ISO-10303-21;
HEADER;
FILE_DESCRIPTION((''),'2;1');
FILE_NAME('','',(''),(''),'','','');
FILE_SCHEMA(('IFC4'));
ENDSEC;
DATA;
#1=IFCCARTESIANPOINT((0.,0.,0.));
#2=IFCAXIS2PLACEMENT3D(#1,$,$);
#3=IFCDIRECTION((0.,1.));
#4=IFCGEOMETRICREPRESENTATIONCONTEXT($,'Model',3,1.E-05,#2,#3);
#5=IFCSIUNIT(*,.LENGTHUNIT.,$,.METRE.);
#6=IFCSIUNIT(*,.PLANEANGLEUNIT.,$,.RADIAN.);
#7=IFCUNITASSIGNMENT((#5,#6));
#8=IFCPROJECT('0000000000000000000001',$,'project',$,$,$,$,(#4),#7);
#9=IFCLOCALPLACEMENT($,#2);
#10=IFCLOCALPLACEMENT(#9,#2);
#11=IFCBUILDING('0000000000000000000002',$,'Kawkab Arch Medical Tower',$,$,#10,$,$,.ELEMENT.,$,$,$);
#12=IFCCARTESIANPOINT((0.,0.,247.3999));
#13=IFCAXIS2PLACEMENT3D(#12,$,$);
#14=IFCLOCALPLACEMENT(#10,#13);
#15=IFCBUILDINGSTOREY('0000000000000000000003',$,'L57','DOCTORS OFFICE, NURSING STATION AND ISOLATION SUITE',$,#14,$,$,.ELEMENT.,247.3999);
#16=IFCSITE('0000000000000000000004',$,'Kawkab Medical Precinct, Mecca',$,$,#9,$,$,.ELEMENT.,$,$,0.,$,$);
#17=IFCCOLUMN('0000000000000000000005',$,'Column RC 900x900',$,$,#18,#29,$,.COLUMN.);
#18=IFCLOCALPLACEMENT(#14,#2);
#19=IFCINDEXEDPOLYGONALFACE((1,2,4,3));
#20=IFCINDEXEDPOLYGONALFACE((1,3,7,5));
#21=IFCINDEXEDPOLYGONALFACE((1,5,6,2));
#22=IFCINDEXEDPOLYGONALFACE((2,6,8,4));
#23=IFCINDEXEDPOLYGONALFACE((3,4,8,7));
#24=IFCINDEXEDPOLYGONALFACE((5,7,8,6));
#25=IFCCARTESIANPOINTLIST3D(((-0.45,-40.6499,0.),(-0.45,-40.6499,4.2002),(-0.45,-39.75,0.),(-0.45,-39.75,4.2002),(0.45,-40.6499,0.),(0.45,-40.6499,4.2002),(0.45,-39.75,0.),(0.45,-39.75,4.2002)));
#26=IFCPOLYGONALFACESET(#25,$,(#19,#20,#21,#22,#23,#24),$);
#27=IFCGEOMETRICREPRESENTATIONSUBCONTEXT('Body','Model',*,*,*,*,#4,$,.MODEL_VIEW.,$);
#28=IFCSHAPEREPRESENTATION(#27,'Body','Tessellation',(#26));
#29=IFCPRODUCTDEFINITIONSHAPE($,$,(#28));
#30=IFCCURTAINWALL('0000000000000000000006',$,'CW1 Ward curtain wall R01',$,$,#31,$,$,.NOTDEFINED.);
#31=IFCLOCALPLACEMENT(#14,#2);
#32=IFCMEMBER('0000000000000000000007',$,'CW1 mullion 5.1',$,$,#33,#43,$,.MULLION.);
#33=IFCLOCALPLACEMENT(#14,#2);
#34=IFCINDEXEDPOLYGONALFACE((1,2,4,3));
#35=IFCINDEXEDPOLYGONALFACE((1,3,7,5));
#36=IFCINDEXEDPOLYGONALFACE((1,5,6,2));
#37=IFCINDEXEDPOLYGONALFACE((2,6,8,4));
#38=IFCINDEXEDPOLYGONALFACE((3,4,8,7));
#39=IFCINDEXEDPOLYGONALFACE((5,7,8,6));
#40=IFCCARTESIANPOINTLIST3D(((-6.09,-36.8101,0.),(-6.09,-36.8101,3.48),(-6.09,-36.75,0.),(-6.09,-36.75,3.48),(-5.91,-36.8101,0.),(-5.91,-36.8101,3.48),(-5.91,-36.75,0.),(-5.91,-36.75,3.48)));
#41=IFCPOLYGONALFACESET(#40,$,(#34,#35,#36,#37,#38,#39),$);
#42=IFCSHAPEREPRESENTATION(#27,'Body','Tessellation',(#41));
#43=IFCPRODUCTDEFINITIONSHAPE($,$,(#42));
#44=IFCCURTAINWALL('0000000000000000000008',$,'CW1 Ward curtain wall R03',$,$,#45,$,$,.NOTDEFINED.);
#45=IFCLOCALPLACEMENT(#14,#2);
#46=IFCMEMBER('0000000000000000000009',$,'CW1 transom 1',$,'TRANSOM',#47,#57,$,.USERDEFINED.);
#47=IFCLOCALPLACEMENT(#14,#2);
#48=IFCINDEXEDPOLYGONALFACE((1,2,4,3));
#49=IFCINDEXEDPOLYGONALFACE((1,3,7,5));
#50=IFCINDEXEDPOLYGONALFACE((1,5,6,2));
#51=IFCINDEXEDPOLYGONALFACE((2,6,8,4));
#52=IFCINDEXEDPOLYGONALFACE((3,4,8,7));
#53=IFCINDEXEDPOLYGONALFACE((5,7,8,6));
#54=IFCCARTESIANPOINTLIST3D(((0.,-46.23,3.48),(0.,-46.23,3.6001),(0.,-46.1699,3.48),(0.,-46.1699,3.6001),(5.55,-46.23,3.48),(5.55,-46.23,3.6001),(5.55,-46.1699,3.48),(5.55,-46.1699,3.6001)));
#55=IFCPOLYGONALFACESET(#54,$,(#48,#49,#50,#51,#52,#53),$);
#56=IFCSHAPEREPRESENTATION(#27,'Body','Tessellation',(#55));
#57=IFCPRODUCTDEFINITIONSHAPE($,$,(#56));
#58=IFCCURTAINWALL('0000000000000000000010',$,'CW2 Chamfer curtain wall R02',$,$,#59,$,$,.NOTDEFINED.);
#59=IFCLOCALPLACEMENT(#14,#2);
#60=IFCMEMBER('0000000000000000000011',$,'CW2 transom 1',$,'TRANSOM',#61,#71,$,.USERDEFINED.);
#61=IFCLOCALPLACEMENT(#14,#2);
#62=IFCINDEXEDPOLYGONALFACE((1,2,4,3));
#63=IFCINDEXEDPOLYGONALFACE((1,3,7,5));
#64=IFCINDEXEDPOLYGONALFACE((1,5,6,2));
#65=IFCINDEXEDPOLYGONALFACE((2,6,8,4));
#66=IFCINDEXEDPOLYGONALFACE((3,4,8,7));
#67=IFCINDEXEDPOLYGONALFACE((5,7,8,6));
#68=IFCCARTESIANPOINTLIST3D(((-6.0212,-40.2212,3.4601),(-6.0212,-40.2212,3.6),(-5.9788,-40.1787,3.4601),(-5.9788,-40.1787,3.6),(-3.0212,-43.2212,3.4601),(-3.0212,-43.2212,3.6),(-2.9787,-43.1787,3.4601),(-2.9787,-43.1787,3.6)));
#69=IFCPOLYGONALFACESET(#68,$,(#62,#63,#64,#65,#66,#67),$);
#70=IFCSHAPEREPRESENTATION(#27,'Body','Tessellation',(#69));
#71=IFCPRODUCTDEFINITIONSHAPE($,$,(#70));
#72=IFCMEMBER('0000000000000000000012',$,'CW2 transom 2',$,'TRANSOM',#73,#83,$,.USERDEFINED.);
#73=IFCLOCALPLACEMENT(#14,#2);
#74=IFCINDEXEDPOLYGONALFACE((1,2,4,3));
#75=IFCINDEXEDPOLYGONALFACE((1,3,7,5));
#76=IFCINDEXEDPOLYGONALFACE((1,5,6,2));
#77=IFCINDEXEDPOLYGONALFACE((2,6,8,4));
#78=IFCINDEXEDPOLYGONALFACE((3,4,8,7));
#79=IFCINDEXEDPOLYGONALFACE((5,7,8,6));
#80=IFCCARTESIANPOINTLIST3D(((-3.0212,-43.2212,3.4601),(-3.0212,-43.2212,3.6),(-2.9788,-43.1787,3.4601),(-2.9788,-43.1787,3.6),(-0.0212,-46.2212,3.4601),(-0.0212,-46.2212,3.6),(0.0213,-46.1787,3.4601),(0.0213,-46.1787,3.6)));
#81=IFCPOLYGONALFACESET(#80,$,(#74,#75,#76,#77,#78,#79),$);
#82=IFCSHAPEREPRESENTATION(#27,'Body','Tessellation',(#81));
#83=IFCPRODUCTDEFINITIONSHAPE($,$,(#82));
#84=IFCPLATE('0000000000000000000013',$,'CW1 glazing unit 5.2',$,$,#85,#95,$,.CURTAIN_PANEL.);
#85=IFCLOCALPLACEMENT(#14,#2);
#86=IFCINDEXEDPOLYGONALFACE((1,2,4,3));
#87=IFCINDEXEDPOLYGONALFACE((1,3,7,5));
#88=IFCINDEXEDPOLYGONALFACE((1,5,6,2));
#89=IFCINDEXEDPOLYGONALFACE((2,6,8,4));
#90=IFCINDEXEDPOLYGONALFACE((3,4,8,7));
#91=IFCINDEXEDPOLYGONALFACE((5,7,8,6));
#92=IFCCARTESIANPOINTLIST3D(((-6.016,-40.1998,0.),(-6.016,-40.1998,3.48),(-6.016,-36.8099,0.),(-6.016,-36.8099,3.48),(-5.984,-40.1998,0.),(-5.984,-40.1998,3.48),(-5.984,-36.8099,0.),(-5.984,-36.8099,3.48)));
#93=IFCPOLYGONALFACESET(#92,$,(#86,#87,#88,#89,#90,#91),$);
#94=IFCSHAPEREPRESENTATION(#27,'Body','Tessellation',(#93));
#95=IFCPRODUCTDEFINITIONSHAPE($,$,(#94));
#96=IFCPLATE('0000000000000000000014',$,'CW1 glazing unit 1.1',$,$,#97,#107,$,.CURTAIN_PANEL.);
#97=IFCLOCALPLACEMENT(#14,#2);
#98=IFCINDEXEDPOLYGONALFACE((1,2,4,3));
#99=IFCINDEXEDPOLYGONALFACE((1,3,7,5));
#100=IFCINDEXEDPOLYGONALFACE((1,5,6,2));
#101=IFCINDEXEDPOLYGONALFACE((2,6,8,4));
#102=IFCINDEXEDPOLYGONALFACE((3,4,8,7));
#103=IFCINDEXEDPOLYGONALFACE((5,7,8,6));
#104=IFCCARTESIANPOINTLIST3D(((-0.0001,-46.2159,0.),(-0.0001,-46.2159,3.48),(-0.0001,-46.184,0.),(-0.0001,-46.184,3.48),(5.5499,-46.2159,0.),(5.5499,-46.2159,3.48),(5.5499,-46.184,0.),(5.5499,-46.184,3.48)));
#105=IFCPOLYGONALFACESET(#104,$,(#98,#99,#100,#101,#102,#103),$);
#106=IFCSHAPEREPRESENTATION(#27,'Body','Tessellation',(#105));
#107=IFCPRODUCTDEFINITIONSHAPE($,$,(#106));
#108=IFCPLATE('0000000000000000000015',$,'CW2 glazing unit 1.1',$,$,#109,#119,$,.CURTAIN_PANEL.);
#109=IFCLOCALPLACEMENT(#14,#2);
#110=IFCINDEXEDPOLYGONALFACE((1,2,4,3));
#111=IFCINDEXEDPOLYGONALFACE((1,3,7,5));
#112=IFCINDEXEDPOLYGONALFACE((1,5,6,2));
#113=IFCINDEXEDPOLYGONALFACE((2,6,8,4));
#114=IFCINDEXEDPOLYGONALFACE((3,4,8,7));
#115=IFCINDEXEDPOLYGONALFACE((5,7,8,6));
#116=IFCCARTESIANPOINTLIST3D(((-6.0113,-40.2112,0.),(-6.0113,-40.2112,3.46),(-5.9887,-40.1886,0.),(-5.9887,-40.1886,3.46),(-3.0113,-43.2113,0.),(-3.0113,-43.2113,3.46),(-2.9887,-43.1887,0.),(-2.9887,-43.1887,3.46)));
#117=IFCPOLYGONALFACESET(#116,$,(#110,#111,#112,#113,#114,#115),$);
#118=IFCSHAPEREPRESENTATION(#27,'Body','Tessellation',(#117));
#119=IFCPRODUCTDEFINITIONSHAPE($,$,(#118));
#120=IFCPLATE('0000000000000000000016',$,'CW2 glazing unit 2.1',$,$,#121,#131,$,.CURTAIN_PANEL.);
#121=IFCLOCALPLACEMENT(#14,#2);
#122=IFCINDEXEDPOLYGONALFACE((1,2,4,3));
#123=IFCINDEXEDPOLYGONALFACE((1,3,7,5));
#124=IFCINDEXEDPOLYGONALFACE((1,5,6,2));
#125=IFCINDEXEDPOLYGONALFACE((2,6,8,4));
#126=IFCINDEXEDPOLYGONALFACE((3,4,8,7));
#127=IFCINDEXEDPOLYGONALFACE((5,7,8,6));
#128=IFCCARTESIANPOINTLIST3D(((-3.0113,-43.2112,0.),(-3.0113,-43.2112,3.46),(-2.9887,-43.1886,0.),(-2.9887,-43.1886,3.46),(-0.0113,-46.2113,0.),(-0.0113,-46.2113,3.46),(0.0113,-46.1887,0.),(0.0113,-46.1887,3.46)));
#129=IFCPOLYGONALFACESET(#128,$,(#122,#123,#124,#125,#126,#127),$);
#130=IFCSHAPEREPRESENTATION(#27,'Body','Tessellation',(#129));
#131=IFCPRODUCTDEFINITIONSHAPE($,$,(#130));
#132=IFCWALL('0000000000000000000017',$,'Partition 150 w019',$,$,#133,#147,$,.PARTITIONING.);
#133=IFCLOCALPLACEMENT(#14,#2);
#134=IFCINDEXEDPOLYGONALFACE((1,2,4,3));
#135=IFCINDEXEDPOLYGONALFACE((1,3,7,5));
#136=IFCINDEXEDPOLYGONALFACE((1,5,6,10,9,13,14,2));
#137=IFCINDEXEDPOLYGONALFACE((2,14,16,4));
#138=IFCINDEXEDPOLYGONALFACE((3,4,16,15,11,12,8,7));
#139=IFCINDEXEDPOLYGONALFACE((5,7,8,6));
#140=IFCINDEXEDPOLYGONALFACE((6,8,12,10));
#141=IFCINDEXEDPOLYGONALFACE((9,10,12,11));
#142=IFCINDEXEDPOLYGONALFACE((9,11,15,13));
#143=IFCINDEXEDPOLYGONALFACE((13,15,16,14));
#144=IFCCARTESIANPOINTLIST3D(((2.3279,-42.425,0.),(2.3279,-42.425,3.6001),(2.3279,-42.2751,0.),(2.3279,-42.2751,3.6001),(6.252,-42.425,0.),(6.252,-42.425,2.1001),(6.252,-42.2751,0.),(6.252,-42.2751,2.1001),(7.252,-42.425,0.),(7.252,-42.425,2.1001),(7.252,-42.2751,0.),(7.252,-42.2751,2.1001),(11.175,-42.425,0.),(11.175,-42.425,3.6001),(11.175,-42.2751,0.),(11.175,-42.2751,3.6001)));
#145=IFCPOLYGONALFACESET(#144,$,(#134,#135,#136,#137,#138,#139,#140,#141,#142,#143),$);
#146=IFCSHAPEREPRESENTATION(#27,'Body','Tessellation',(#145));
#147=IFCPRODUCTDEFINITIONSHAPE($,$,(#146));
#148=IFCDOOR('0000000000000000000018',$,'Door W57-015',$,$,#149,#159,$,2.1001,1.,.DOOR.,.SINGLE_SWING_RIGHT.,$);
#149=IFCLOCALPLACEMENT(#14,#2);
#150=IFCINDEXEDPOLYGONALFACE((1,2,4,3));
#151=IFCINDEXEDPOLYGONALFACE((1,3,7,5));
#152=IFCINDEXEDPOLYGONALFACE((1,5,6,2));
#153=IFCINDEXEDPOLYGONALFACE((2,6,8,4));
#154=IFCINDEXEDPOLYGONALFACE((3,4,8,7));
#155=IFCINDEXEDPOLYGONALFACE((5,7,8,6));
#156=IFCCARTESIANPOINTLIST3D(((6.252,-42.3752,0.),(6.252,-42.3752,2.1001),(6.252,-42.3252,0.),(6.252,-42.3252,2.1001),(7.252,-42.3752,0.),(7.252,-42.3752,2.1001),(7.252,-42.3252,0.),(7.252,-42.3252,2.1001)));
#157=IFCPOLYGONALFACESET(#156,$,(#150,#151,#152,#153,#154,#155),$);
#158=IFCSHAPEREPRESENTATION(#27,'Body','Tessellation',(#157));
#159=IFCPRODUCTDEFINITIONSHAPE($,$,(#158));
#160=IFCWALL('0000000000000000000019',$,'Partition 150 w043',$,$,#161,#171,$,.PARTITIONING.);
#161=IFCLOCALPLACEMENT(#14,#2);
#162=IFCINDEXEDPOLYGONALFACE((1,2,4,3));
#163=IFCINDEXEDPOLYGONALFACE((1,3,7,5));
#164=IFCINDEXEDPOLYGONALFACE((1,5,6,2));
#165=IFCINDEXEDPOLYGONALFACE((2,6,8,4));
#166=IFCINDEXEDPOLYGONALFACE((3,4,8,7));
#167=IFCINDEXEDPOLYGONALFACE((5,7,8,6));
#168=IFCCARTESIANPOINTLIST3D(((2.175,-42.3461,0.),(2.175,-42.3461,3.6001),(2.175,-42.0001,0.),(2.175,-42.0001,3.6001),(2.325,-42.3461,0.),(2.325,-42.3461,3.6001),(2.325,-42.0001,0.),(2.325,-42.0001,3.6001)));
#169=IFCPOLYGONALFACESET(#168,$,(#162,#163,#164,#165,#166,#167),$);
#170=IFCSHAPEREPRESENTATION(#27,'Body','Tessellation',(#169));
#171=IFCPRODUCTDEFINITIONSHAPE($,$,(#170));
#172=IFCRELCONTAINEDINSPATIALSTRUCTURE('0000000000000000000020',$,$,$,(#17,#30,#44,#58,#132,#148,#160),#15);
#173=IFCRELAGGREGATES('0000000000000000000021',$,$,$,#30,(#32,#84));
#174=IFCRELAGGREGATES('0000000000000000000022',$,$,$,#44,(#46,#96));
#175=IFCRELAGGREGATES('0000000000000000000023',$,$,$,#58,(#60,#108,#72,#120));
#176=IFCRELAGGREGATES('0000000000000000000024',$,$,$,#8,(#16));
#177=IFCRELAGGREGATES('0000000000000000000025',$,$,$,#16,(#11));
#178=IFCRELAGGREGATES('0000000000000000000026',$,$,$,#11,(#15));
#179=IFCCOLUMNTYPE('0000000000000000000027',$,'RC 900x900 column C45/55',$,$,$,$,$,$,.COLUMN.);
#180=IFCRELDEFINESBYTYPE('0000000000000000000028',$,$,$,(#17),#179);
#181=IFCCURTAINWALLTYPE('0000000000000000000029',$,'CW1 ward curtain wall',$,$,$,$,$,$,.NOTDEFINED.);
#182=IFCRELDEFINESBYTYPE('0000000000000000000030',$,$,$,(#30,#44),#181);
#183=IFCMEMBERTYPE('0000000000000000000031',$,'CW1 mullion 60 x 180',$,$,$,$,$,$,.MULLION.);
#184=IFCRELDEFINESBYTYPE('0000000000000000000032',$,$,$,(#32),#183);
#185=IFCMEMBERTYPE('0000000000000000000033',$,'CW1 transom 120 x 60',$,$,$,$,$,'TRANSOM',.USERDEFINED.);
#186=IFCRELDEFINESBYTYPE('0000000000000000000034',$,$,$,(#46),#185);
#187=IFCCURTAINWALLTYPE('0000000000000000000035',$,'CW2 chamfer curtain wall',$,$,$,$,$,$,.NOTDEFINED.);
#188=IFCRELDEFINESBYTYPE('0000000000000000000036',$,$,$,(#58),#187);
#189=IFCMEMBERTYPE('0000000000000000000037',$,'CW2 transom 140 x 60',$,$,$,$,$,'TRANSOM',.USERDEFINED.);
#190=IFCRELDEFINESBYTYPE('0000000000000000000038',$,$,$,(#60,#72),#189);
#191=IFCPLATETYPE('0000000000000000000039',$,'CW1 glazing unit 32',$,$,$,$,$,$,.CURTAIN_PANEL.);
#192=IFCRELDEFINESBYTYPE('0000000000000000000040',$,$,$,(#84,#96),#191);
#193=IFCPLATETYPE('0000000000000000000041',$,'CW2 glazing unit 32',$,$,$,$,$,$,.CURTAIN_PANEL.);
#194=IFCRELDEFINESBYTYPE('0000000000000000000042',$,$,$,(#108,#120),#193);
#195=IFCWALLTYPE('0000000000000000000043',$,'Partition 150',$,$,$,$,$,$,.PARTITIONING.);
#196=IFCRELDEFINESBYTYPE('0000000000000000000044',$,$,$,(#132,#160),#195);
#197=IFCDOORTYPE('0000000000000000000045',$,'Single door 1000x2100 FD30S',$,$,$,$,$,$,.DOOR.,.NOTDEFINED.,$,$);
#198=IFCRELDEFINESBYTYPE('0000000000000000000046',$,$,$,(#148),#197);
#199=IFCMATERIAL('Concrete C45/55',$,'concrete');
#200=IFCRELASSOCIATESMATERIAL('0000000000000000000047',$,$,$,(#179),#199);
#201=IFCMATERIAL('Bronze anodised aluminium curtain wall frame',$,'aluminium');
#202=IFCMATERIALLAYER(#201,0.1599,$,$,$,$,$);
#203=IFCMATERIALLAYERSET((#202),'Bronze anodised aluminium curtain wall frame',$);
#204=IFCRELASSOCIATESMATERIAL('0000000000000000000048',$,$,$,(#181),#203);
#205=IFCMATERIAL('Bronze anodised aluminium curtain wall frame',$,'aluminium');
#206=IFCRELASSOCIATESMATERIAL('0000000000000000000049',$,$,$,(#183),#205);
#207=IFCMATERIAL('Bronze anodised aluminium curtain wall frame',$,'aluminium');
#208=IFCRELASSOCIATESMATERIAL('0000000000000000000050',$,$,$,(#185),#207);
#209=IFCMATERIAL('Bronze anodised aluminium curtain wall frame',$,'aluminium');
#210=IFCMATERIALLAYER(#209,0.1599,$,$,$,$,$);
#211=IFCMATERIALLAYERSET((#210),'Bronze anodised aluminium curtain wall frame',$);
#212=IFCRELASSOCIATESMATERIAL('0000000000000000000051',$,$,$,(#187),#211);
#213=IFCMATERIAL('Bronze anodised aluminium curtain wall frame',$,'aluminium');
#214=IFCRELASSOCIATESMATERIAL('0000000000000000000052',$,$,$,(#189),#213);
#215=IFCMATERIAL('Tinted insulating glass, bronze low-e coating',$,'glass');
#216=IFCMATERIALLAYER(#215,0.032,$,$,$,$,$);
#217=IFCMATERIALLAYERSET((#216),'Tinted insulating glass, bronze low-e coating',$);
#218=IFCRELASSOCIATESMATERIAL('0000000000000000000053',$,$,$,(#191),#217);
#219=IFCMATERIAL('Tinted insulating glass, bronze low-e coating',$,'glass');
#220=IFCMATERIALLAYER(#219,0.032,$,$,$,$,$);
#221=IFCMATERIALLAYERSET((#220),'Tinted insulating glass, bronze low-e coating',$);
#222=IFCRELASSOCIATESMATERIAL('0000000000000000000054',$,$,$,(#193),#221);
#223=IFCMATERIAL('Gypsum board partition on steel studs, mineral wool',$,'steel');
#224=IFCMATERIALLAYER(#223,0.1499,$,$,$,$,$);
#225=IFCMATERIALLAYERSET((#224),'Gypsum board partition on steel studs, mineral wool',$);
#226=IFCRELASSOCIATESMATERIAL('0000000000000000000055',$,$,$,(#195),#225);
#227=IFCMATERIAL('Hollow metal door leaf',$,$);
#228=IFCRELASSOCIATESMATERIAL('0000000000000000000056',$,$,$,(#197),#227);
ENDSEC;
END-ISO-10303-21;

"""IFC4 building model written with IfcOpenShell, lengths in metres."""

from ifc_helpers import new_model, si_unit, direction, frame, frame_2d, origin, origin_2d, place, context, subcontext, project, spatial, rectangle, extrude, material, layer, layer_set, material_profile, profile_set, type_object, element, fill, aggregate, save


model = new_model("IFC4")

# Units and contexts
model_context = context("Model", 3, precision=1e-05, world=origin(), true_north=direction((0.0, 1.0)))
body_context = subcontext(model_context, "Body", "Model", "MODEL_VIEW")
ifc_project = project(units=[si_unit("LENGTHUNIT", "METRE"), si_unit("PLANEANGLEUNIT", "RADIAN")], contexts=[model_context])

# Site, building, storey
site_placement = place(None, origin())
site = spatial("IfcSite", under=ifc_project, at=site_placement, Name="Kawkab Medical Precinct, Mecca", CompositionType="ELEMENT", RefElevation=0.0)
building_placement = place(site_placement, origin())
building = spatial("IfcBuilding", under=site, at=building_placement, Name="Kawkab Arch Medical Tower", CompositionType="ELEMENT")
storey_placement = place(building_placement, frame((0.0, 0.0, 247.3999)))
storey = spatial("IfcBuildingStorey", under=building, at=storey_placement, Name="L57", Description="DOCTORS OFFICE, NURSING STATION AND ISOLATION SUITE", CompositionType="ELEMENT", Elevation=247.3999)

# Column
ifc_material_1 = material(Name="Concrete C45/55", Category="concrete")
ifc_material_profile_1 = material_profile(ifc_material_1, rectangle(XDim=0.8999, YDim=0.8999, at=origin_2d()), Name="RC 900x900")
ifc_profile_set_1 = profile_set([ifc_material_profile_1], Name="Concrete C45/55")
column_type = type_object("IfcColumnType", Name="RC 900x900 column C45/55", PredefinedType="COLUMN", material=ifc_profile_set_1)
column_placement = place(storey_placement, frame((0.0, -40.2, 0.0), z_axis=(0.0, 0.0, 1.0), x_axis=(1.0, 0.0, 0.0)))
element("IfcColumn", 1, at=column_placement, inside=storey, type_object=column_type, Name="Column RC 900x900", PredefinedType="COLUMN", context=body_context, shape_type="SweptSolid", body=[
    extrude(rectangle(XDim=0.8999, YDim=0.8999, at=origin_2d()), origin(), (0.0, 0.0, 1.0), 4.2002),
])

# Curtain walls, members
ifc_material_2 = material(Name="Bronze anodised aluminium curtain wall frame", Category="aluminium")
ifc_layer_1 = layer(ifc_material_2, 0.1599)
ifc_layer_set_1 = layer_set([ifc_layer_1], Name="Bronze anodised aluminium curtain wall frame")
curtain_wall_type_1 = type_object("IfcCurtainWallType", Name="CW1 ward curtain wall", PredefinedType="NOTDEFINED", material=ifc_layer_set_1)
placement = place(storey_placement, origin())
curtain_wall_1 = element("IfcCurtainWall", 2, at=placement, inside=storey, type_object=curtain_wall_type_1, Name="CW1 Ward curtain wall R01", PredefinedType="NOTDEFINED")
ifc_material_3 = material(Name="Bronze anodised aluminium curtain wall frame", Category="aluminium")
ifc_material_profile_2 = material_profile(ifc_material_3, rectangle(XDim=0.1799, YDim=0.0601, at=origin_2d()), Name="AL 60x180")
ifc_profile_set_2 = profile_set([ifc_material_profile_2], Name="Bronze anodised aluminium curtain wall frame")
member_type_1 = type_object("IfcMemberType", Name="CW1 mullion 60 x 180", PredefinedType="MULLION", material=ifc_profile_set_2)
member_1_placement = place(storey_placement, frame((-6.0, -36.78, 0.0), z_axis=(0.0, 0.0, 1.0), x_axis=(1.0, 0.0, 0.0)))
member_1 = element("IfcMember", 3, at=member_1_placement, type_object=member_type_1, Name="CW1 mullion 5.1", PredefinedType="MULLION", context=body_context, shape_type="SweptSolid", body=[
    extrude(rectangle(XDim=0.1799, YDim=0.0601, at=origin_2d()), origin(), (0.0, 0.0, 1.0), 3.48),
])
curtain_wall_2 = element("IfcCurtainWall", 4, at=placement, inside=storey, type_object=curtain_wall_type_1, Name="CW1 Ward curtain wall R03", PredefinedType="NOTDEFINED")
ifc_material_4 = material(Name="Bronze anodised aluminium curtain wall frame", Category="aluminium")
ifc_material_profile_3 = material_profile(ifc_material_4, rectangle(XDim=0.0601, YDim=0.1201, at=origin_2d()), Name="AL 60x120")
ifc_profile_set_3 = profile_set([ifc_material_profile_3], Name="Bronze anodised aluminium curtain wall frame")
member_type_2 = type_object("IfcMemberType", Name="CW1 transom 120 x 60", ElementType="TRANSOM", PredefinedType="USERDEFINED", material=ifc_profile_set_3)
member_2_placement = place(storey_placement, frame((0.0, -46.2, 3.54), z_axis=(1.0, 0.0, 0.0), x_axis=(0.0, 1.0, 0.0)))
member_2 = element("IfcMember", 5, at=member_2_placement, type_object=member_type_2, Name="CW1 transom 1", ObjectType="TRANSOM", PredefinedType="USERDEFINED", context=body_context, shape_type="SweptSolid", body=[
    extrude(rectangle(XDim=0.0601, YDim=0.1201, at=origin_2d()), origin(), (0.0, 0.0, 1.0), 5.55),
])

# Curtain wall, members
ifc_material_5 = material(Name="Bronze anodised aluminium curtain wall frame", Category="aluminium")
ifc_layer_2 = layer(ifc_material_5, 0.1599)
ifc_layer_set_2 = layer_set([ifc_layer_2], Name="Bronze anodised aluminium curtain wall frame")
curtain_wall_type_2 = type_object("IfcCurtainWallType", Name="CW2 chamfer curtain wall", PredefinedType="NOTDEFINED", material=ifc_layer_set_2)
curtain_wall_3 = element("IfcCurtainWall", 6, at=placement, inside=storey, type_object=curtain_wall_type_2, Name="CW2 Chamfer curtain wall R02", PredefinedType="NOTDEFINED")
ifc_material_6 = material(Name="Bronze anodised aluminium curtain wall frame", Category="aluminium")
ifc_material_profile_4 = material_profile(ifc_material_6, rectangle(XDim=0.0601, YDim=0.1399, at=origin_2d()), Name="AL 60x140")
ifc_profile_set_4 = profile_set([ifc_material_profile_4], Name="Bronze anodised aluminium curtain wall frame")
member_type_3 = type_object("IfcMemberType", Name="CW2 transom 140 x 60", ElementType="TRANSOM", PredefinedType="USERDEFINED", material=ifc_profile_set_4)
member_3_placement = place(storey_placement, frame((-6.0, -40.2, 3.53), z_axis=(0.707107, -0.707107, 0.0), x_axis=(0.707107, 0.707107, 0.0)))
member_3 = element("IfcMember", 7, at=member_3_placement, type_object=member_type_3, Name="CW2 transom 1", ObjectType="TRANSOM", PredefinedType="USERDEFINED", context=body_context, shape_type="SweptSolid", body=[
    extrude(rectangle(XDim=0.0601, YDim=0.1399, at=origin_2d()), origin(), (0.0, 0.0, 1.0), 4.2427),
])
member_4_placement = place(storey_placement, frame((-3.0, -43.2, 3.53), z_axis=(0.707107, -0.707107, 0.0), x_axis=(0.707107, 0.707107, 0.0)))
member_4 = element("IfcMember", 8, at=member_4_placement, type_object=member_type_3, Name="CW2 transom 2", ObjectType="TRANSOM", PredefinedType="USERDEFINED", context=body_context, shape_type="SweptSolid", body=[
    extrude(rectangle(XDim=0.0601, YDim=0.1399, at=origin_2d()), origin(), (0.0, 0.0, 1.0), 4.2427),
])

# Plates
ifc_material_7 = material(Name="Tinted insulating glass, bronze low-e coating", Category="glass")
ifc_layer_3 = layer(ifc_material_7, 0.032)
ifc_layer_set_3 = layer_set([ifc_layer_3], Name="Tinted insulating glass, bronze low-e coating")
plate_type_1 = type_object("IfcPlateType", Name="CW1 glazing unit 32", PredefinedType="CURTAIN_PANEL", material=ifc_layer_set_3)
plate_1_placement = place(storey_placement, frame((-6.0, -38.5049, 0.0), z_axis=(0.0, 0.0, 1.0), x_axis=(0.0, -1.0, 0.0)))
plate_1 = element("IfcPlate", 9, at=plate_1_placement, type_object=plate_type_1, Name="CW1 glazing unit 5.2", PredefinedType="CURTAIN_PANEL", context=body_context, shape_type="SweptSolid", body=[
    extrude(rectangle(XDim=3.3899, YDim=0.032, at=origin_2d()), origin(), (0.0, 0.0, 1.0), 3.48),
])
aggregate(curtain_wall_1, [member_1, plate_1])
plate_2_placement = place(storey_placement, frame((2.7749, -46.2, 0.0), z_axis=(0.0, 0.0, 1.0), x_axis=(1.0, 0.0, 0.0)))
plate_2 = element("IfcPlate", 10, at=plate_2_placement, type_object=plate_type_1, Name="CW1 glazing unit 1.1", PredefinedType="CURTAIN_PANEL", context=body_context, shape_type="SweptSolid", body=[
    extrude(rectangle(XDim=5.55, YDim=0.032, at=origin_2d()), origin(), (0.0, 0.0, 1.0), 3.48),
])
aggregate(curtain_wall_2, [member_2, plate_2])
ifc_material_8 = material(Name="Tinted insulating glass, bronze low-e coating", Category="glass")
ifc_layer_4 = layer(ifc_material_8, 0.032)
ifc_layer_set_4 = layer_set([ifc_layer_4], Name="Tinted insulating glass, bronze low-e coating")
plate_type_2 = type_object("IfcPlateType", Name="CW2 glazing unit 32", PredefinedType="CURTAIN_PANEL", material=ifc_layer_set_4)
plate_3_placement = place(storey_placement, frame((-4.5, -41.7, 0.0), z_axis=(0.0, 0.0, 1.0), x_axis=(0.707107, -0.707107, 0.0)))
plate_3 = element("IfcPlate", 11, at=plate_3_placement, type_object=plate_type_2, Name="CW2 glazing unit 1.1", PredefinedType="CURTAIN_PANEL", context=body_context, shape_type="SweptSolid", body=[
    extrude(rectangle(XDim=4.2427, YDim=0.032, at=origin_2d()), origin(), (0.0, 0.0, 1.0), 3.46),
])
plate_4_placement = place(storey_placement, frame((-1.5, -44.7, 0.0), z_axis=(0.0, 0.0, 1.0), x_axis=(0.707107, -0.707107, 0.0)))
plate_4 = element("IfcPlate", 12, at=plate_4_placement, type_object=plate_type_2, Name="CW2 glazing unit 2.1", PredefinedType="CURTAIN_PANEL", context=body_context, shape_type="SweptSolid", body=[
    extrude(rectangle(XDim=4.2427, YDim=0.032, at=origin_2d()), origin(), (0.0, 0.0, 1.0), 3.46),
])
aggregate(curtain_wall_3, [member_3, plate_3, member_4, plate_4])

# Wall, opening, door
ifc_material_9 = material(Name="Gypsum board partition on steel studs, mineral wool", Category="steel")
ifc_layer_5 = layer(ifc_material_9, 0.1499)
ifc_layer_set_5 = layer_set([ifc_layer_5], Name="Gypsum board partition on steel studs, mineral wool")
wall_type_1 = type_object("IfcWallType", Name="Partition 150", PredefinedType="PARTITIONING", material=ifc_layer_set_5)
wall_1_placement = place(storey_placement, frame((2.3279, -42.3501, 0.0), z_axis=(0.0, 0.0, 1.0), x_axis=(1.0, 0.0, 0.0)))
wall_1 = element("IfcWall", 13, at=wall_1_placement, inside=storey, type_object=wall_type_1, Name="Partition 150 w019", PredefinedType="PARTITIONING", context=body_context, shape_type="SweptSolid", body=[
    extrude(rectangle(XDim=8.8472, YDim=0.1499, at=frame_2d((4.4236, 0.0))), origin(), (0.0, 0.0, 1.0), 3.6001),
])
opening_1_placement = place(wall_1_placement, frame((3.9241, 0.0, 0.0)))
opening_1 = element("IfcOpeningElement", 14, at=opening_1_placement, cuts=wall_1, PredefinedType="OPENING", context=body_context, shape_type="SweptSolid", body=[
    extrude(rectangle(XDim=1.0, YDim=2.1001, at=frame_2d((0.5, 1.05))), frame((0.0, 0.085, 0.0), z_axis=(0.0, -1.0, 0.0), x_axis=(1.0, 0.0, 0.0)), (0.0, 0.0, 1.0), 0.1699),
])
ifc_material_10 = material(Name="Hollow metal door leaf")
door_type_1 = type_object("IfcDoorType", Name="Single door 1000x2100 FD30S", OperationType="NOTDEFINED", PredefinedType="DOOR", material=ifc_material_10)
door_1_placement = place(opening_1_placement, origin())
door_1 = element("IfcDoor", 15, at=door_1_placement, inside=storey, type_object=door_type_1, Name="Door W57-015", OperationType="SINGLE_SWING_RIGHT", OverallHeight=2.1001, OverallWidth=1.0, PredefinedType="DOOR", context=body_context, shape_type="SweptSolid", body=[
    extrude(rectangle(XDim=1.0, YDim=2.1001, at=frame_2d((0.5, 1.05))), frame((0.0, 0.0249, 0.0), z_axis=(0.0, -1.0, 0.0), x_axis=(1.0, 0.0, 0.0)), (0.0, 0.0, 1.0), 0.05),
])
fill(opening_1, door_1)

# Wall
wall_2_placement = place(storey_placement, frame((2.25, -42.3459, 0.0), z_axis=(0.0, 0.0, 1.0), x_axis=(0.0, 1.0, 0.0)))
element("IfcWall", 16, at=wall_2_placement, inside=storey, type_object=wall_type_1, Name="Partition 150 w043", PredefinedType="PARTITIONING", context=body_context, shape_type="SweptSolid", body=[
    extrude(rectangle(XDim=0.3459, YDim=0.1499, at=frame_2d((0.1729, 0.0))), origin(), (0.0, 0.0, 1.0), 3.6001),
])

save(model, "model.ifc")
